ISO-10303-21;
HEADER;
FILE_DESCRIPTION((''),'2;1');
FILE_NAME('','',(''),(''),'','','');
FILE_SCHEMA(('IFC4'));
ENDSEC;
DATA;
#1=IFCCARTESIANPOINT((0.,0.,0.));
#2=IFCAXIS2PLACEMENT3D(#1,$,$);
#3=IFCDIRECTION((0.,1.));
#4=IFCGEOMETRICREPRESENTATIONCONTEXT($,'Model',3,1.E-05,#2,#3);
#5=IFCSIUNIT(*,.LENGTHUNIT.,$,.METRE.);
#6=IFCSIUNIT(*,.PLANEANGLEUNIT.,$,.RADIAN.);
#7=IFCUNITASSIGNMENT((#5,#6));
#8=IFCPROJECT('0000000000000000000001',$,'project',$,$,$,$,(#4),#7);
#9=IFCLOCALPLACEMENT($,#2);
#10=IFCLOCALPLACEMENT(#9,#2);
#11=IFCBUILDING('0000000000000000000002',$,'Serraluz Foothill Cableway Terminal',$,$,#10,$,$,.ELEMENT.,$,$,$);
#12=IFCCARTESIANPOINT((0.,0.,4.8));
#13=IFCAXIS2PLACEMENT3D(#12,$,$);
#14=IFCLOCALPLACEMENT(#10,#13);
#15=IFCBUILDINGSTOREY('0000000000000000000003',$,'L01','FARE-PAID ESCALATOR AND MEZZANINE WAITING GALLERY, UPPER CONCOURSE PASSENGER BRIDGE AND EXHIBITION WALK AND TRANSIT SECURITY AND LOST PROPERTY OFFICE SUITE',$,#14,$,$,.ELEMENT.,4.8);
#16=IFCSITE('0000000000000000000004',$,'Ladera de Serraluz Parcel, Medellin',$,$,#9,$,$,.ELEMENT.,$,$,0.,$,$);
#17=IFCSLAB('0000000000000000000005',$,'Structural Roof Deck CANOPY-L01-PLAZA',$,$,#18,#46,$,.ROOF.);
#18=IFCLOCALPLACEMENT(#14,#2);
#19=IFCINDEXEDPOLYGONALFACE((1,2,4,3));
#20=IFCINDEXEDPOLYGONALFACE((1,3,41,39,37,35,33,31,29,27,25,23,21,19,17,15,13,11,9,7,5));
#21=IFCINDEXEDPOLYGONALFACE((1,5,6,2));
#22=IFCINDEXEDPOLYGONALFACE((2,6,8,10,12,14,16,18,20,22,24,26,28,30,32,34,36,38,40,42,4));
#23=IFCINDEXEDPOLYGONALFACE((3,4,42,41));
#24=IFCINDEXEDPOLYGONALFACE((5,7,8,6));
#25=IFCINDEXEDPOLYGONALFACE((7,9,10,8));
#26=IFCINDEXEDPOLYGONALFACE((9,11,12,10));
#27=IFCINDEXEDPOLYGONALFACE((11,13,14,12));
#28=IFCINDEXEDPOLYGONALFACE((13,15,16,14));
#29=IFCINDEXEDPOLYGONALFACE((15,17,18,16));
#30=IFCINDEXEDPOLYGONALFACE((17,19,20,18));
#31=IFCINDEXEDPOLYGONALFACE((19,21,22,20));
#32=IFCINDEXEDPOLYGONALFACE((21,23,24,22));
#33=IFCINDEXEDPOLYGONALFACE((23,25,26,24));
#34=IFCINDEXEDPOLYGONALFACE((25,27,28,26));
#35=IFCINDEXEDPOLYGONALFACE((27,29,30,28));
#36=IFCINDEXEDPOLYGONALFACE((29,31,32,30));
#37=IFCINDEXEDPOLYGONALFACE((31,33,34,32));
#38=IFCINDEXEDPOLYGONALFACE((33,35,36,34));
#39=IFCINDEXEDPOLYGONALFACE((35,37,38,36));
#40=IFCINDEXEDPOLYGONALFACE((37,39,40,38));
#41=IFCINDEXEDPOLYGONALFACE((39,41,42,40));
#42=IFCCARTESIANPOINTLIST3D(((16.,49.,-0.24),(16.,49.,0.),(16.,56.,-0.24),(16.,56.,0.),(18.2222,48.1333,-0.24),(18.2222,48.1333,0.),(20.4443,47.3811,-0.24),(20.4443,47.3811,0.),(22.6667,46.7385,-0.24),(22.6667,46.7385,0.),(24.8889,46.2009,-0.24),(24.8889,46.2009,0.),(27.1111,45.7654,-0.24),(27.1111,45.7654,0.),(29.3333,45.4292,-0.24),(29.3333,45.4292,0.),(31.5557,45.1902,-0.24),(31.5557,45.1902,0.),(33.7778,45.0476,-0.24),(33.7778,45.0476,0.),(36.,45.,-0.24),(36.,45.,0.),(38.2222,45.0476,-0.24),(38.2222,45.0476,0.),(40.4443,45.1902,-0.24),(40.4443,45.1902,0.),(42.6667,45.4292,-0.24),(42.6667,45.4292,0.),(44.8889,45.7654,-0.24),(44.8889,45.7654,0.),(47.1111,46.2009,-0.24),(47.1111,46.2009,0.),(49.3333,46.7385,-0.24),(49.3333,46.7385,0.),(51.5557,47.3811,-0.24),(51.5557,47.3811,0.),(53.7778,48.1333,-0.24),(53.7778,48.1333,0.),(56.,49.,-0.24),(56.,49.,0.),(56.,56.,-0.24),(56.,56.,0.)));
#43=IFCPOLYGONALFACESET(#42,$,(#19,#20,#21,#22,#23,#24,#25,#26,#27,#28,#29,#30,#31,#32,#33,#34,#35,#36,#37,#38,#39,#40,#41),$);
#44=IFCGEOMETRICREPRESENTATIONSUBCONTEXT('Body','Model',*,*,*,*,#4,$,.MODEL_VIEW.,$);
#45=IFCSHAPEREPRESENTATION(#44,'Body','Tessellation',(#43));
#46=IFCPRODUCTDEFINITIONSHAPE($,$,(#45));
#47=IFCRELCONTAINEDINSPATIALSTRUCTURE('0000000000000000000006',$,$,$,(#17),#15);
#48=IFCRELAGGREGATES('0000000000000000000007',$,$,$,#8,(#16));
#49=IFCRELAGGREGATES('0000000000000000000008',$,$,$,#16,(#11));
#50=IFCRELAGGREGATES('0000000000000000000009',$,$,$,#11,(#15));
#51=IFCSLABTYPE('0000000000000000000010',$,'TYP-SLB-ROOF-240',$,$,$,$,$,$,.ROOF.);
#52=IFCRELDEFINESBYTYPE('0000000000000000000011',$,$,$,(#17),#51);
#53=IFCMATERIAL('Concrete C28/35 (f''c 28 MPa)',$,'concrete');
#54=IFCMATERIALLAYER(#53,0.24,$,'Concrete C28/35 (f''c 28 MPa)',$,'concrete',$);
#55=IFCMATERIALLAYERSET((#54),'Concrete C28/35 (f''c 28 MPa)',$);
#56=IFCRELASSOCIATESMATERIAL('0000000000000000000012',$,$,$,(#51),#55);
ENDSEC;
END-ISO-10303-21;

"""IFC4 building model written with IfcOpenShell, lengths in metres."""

from ifc_helpers import new_model, si_unit, direction, frame, origin, place, context, subcontext, project, spatial, polyline, outline, extrude, material, layer, layer_set, type_object, element, save


model = new_model("IFC4")

# Units and contexts
model_context = context("Model", 3, precision=1e-05, world=origin(), true_north=direction((0.0, 1.0)))
body_context = subcontext(model_context, "Body", "Model", "MODEL_VIEW")
ifc_project = project(units=[si_unit("LENGTHUNIT", "METRE"), si_unit("PLANEANGLEUNIT", "RADIAN")], contexts=[model_context])

# Site, building, storey
site_placement = place(None, origin())
site = spatial("IfcSite", under=ifc_project, at=site_placement, Name="Ladera de Serraluz Parcel, Medellin", CompositionType="ELEMENT", RefElevation=0.0)
building_placement = place(site_placement, origin())
building = spatial("IfcBuilding", under=site, at=building_placement, Name="Serraluz Foothill Cableway Terminal", CompositionType="ELEMENT")
storey_placement = place(building_placement, frame((0.0, 0.0, 4.8)))
storey = spatial("IfcBuildingStorey", under=building, at=storey_placement, Name="L01", Description="FARE-PAID ESCALATOR AND MEZZANINE WAITING GALLERY, UPPER CONCOURSE PASSENGER BRIDGE AND EXHIBITION WALK AND TRANSIT SECURITY AND LOST PROPERTY OFFICE SUITE", CompositionType="ELEMENT", Elevation=4.8)

# Slab
ifc_material_1 = material(Name="Concrete C28/35 (f'c 28 MPa)", Category="concrete")
ifc_layer_1 = layer(ifc_material_1, 0.24, Name="Concrete C28/35 (f'c 28 MPa)", Category="concrete")
ifc_layer_set_1 = layer_set([ifc_layer_1], Name="Concrete C28/35 (f'c 28 MPa)")
slab_type_1 = type_object("IfcSlabType", Name="TYP-SLB-ROOF-240", PredefinedType="ROOF", material=ifc_layer_set_1)
slab_1_placement = place(storey_placement, frame((0.0, 0.0, -0.24)))
element("IfcSlab", 1, at=slab_1_placement, inside=storey, type_object=slab_type_1, Name="Structural Roof Deck CANOPY-L01-PLAZA", PredefinedType="ROOF", context=body_context, shape_type="SweptSolid", body=[
    extrude(outline(polyline([(16.0, 49.0), (18.2222, 48.1333), (20.4443, 47.3811), (22.6667, 46.7385), (24.8889, 46.2009), (27.1111, 45.7654), (29.3333, 45.4292), (31.5557, 45.1902), (33.7778, 45.0476), (36.0, 45.0), (38.2222, 45.0476), (40.4443, 45.1902), (42.6667, 45.4292), (44.8889, 45.7654), (47.1111, 46.2009), (49.3333, 46.7385), (51.5557, 47.3811), (53.7778, 48.1333), (56.0, 49.0), (56.0, 56.0), (16.0, 56.0), (16.0, 49.0)])), origin(), (0.0, 0.0, 1.0), 0.24),
])

save(model, "model.ifc")
